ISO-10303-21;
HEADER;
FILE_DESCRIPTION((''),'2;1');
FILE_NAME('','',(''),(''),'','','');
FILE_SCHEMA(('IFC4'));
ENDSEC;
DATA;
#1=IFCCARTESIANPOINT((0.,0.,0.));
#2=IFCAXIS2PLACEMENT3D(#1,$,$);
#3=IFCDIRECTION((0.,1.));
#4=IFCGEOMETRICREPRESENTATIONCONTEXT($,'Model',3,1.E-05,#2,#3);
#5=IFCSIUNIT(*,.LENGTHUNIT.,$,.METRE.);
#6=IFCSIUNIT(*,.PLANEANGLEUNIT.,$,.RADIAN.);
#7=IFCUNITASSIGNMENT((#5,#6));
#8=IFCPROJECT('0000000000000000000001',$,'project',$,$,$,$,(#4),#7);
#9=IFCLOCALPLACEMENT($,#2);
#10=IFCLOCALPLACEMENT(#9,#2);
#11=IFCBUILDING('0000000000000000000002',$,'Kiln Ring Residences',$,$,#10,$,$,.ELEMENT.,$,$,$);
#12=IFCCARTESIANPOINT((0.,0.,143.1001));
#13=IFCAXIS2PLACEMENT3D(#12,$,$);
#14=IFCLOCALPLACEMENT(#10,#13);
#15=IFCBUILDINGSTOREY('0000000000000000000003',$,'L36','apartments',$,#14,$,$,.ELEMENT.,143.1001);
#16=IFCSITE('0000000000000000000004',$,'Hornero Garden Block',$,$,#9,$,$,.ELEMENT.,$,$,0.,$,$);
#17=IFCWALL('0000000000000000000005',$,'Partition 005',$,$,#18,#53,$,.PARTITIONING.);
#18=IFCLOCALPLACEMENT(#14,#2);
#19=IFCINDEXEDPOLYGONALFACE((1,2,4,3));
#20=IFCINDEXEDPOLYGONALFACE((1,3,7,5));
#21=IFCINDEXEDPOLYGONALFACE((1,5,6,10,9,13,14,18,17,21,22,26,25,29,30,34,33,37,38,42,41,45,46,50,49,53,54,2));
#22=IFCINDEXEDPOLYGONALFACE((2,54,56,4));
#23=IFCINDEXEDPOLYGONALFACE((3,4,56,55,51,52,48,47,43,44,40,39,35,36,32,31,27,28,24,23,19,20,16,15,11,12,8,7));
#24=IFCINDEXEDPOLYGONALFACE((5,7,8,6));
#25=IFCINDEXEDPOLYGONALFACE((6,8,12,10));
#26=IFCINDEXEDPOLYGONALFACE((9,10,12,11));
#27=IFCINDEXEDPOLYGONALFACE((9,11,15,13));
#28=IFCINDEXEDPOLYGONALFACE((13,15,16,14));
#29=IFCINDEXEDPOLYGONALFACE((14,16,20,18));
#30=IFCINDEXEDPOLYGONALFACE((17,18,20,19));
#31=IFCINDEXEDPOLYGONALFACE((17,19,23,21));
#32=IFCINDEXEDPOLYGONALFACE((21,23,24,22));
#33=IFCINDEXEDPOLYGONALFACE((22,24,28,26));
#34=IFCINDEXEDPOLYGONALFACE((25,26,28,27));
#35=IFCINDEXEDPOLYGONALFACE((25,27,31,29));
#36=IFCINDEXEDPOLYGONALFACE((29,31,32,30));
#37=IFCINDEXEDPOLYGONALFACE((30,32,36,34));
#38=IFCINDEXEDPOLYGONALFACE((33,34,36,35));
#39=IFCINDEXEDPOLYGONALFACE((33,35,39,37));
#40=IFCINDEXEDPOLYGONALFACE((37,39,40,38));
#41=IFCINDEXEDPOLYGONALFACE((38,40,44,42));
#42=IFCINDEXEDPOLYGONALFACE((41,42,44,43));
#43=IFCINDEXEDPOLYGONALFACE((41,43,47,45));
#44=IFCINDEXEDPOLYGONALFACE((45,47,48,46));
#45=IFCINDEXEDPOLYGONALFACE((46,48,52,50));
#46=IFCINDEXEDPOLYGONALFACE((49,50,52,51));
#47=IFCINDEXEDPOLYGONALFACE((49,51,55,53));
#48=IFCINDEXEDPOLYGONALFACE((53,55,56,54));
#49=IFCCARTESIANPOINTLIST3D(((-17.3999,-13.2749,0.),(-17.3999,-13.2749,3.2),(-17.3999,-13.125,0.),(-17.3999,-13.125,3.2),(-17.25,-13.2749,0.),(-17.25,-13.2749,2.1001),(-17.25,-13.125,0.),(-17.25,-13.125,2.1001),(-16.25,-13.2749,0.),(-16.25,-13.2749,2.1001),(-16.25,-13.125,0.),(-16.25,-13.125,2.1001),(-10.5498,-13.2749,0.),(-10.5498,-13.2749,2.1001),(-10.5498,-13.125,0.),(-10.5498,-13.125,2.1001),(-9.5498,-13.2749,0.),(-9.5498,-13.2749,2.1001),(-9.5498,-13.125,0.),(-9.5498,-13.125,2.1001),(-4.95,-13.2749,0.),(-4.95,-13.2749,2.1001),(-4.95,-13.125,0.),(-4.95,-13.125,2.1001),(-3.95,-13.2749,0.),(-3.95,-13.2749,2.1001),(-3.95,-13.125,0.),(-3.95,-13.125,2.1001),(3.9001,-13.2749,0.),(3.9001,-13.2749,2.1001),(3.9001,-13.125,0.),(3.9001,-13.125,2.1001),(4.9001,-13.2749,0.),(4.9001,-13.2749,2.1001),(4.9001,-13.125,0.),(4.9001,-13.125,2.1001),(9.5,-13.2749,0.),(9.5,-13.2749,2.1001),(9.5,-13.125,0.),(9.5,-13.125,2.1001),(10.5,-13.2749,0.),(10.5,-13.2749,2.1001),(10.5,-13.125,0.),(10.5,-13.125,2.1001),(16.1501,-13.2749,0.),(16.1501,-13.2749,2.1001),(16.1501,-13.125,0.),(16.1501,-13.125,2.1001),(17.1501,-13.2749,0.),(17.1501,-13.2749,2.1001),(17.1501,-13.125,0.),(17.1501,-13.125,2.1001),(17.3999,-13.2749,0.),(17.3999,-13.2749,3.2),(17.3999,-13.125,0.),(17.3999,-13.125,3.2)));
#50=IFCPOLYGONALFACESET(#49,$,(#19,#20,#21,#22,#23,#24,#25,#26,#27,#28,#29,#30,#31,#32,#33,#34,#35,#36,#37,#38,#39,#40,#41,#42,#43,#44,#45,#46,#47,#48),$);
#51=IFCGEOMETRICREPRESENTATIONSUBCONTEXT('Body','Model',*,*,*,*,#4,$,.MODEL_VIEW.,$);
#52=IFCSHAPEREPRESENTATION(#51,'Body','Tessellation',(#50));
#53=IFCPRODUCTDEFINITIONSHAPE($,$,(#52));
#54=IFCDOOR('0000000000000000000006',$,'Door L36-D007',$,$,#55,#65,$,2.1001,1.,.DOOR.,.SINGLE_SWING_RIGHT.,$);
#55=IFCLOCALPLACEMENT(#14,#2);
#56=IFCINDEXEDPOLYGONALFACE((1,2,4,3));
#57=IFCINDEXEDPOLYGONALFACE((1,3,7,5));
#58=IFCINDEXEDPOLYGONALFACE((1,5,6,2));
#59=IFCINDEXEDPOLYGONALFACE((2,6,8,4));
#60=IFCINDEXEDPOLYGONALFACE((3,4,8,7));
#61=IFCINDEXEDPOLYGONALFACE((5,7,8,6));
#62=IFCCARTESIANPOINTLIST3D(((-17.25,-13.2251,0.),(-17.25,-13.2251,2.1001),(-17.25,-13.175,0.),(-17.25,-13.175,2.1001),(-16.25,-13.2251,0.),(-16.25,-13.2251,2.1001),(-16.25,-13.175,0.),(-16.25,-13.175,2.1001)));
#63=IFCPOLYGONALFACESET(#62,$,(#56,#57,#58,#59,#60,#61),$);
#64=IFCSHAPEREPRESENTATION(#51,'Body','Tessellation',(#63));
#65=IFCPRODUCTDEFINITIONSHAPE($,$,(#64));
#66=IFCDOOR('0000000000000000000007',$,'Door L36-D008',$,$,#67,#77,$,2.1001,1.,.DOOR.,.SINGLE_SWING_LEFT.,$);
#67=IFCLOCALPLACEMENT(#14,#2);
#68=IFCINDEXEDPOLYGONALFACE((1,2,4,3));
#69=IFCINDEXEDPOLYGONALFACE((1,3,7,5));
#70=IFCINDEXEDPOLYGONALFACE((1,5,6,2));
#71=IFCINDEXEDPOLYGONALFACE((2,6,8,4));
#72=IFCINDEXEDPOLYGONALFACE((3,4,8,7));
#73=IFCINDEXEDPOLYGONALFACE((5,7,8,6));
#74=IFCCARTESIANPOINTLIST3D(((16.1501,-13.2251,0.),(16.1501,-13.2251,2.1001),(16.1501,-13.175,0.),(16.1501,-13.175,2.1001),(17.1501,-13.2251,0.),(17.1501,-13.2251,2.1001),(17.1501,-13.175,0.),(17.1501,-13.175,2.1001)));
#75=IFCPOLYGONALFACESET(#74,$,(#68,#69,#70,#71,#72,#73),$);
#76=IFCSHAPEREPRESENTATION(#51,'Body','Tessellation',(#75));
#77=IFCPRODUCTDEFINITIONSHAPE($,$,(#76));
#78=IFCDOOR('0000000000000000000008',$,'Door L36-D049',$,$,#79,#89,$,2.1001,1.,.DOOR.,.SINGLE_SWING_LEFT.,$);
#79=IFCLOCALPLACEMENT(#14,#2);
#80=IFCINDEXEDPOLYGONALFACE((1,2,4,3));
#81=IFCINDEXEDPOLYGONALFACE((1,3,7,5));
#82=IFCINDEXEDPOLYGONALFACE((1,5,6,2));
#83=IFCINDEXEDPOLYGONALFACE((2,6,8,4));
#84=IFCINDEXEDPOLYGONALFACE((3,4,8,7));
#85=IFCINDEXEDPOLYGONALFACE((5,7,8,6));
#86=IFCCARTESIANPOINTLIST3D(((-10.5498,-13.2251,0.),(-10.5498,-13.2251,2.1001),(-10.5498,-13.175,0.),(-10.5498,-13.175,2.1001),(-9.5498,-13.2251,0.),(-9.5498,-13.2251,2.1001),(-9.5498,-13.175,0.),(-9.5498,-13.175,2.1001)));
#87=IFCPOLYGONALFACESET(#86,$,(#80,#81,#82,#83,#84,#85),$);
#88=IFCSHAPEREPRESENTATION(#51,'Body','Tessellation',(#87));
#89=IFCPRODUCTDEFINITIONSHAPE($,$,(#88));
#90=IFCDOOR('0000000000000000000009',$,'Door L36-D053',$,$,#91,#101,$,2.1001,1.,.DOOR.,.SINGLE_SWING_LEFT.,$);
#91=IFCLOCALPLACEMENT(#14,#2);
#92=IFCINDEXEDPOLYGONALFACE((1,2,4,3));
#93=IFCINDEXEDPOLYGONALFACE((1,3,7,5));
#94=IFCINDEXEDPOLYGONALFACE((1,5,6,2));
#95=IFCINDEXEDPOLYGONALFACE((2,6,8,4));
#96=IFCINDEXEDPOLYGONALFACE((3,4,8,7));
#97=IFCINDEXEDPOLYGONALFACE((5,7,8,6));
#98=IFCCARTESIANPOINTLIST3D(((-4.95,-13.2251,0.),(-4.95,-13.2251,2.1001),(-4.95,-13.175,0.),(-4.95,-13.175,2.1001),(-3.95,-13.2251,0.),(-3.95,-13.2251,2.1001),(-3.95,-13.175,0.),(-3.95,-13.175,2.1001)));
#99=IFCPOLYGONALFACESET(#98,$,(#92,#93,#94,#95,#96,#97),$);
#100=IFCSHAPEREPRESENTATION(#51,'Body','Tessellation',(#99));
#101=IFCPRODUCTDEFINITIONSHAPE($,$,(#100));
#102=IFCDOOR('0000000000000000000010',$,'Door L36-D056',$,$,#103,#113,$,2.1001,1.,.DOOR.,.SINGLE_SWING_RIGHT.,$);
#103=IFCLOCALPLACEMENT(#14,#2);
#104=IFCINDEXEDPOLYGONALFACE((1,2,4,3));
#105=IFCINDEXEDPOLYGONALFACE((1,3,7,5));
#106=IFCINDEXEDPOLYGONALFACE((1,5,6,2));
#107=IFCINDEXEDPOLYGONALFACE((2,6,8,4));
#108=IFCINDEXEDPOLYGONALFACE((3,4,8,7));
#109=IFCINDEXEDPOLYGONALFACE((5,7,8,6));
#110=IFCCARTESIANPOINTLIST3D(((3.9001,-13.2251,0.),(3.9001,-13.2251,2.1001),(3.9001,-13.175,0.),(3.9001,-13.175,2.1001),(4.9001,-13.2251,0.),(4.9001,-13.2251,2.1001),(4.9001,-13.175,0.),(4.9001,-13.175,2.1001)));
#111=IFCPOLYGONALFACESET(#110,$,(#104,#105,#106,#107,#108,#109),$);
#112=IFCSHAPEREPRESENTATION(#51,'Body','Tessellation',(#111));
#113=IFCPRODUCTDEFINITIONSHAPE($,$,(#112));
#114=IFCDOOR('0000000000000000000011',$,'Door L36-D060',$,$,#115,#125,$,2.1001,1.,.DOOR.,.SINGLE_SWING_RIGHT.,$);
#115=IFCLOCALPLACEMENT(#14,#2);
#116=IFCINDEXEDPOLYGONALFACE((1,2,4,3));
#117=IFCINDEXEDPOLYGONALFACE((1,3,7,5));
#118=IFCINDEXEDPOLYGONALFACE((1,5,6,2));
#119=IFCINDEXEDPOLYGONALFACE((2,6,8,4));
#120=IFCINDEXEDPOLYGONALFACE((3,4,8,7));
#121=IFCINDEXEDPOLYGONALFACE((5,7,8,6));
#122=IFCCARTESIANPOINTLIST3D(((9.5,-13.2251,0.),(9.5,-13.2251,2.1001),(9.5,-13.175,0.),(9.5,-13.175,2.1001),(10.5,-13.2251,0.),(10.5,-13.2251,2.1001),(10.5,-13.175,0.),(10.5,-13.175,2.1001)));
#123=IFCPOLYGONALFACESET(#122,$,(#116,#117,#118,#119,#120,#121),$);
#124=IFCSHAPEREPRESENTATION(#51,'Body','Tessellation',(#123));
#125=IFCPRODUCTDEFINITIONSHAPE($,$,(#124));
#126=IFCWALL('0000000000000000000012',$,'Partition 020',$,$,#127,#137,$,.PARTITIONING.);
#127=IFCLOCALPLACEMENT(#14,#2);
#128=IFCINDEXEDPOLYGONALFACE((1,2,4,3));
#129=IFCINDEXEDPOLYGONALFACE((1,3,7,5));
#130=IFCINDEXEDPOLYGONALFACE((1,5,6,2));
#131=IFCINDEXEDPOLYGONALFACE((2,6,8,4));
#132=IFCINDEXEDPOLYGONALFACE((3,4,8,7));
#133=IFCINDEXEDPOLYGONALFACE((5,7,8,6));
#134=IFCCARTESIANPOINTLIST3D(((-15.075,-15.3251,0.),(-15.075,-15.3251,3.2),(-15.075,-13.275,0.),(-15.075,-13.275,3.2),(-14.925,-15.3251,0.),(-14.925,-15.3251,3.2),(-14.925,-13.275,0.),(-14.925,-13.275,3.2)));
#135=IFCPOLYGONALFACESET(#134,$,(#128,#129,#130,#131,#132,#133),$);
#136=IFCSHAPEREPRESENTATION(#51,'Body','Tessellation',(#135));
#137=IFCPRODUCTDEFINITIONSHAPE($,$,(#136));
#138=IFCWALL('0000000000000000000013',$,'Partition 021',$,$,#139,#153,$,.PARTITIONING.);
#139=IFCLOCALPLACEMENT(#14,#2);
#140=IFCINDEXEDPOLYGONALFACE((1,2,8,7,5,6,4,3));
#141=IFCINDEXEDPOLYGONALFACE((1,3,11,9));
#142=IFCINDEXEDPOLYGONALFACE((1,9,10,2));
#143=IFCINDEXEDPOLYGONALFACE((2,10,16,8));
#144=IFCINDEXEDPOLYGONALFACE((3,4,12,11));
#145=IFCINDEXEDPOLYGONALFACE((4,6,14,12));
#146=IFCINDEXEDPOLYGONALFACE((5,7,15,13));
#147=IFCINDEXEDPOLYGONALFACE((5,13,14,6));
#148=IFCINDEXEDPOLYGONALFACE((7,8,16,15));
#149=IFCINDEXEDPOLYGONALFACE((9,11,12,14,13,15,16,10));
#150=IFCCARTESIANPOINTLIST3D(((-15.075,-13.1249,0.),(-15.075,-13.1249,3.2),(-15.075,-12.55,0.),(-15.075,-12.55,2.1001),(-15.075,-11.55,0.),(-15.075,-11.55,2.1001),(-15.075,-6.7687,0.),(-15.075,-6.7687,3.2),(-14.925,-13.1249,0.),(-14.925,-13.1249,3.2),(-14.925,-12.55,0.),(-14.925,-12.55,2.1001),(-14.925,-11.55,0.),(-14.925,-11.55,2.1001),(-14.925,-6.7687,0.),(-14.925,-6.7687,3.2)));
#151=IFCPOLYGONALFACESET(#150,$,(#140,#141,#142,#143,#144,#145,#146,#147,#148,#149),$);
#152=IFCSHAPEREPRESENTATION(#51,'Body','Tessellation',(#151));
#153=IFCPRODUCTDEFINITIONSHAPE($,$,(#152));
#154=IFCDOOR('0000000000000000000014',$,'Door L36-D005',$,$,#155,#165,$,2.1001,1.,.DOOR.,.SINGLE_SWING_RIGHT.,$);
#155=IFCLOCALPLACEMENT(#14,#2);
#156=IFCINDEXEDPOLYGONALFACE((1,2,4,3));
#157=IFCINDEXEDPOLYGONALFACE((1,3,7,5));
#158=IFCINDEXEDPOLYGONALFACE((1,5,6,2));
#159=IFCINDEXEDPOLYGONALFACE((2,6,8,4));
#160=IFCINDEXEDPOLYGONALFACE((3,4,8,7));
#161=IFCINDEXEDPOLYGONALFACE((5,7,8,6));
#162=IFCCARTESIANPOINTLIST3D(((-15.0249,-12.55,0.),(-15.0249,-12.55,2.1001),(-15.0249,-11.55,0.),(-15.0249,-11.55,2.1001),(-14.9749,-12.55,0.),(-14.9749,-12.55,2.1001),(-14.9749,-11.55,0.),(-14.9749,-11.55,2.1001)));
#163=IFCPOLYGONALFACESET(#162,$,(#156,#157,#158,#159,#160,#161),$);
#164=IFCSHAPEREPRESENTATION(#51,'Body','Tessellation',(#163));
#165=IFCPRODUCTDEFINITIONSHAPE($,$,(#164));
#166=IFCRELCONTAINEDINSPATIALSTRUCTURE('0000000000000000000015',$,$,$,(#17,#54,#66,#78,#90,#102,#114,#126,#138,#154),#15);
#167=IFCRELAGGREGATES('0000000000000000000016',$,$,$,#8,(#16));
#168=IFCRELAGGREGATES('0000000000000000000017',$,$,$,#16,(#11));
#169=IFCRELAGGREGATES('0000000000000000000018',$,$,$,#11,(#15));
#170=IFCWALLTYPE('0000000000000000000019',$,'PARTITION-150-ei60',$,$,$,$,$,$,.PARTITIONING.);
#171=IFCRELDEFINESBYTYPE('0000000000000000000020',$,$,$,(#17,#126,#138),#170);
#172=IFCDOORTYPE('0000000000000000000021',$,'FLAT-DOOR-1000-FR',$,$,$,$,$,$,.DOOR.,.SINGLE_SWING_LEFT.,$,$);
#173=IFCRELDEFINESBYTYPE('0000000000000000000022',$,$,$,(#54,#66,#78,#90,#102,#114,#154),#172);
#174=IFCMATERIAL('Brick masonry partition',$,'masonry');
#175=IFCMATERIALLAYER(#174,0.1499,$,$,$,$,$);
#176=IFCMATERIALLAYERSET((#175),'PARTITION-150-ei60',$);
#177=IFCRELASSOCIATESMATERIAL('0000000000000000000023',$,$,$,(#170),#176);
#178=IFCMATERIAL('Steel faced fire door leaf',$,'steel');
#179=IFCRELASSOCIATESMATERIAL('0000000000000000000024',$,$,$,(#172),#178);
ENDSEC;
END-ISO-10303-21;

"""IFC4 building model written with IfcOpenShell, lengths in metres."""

from ifc_helpers import new_model, si_unit, direction, frame, frame_2d, origin, place, context, subcontext, project, spatial, rectangle, extrude, material, layer, layer_set, type_object, element, fill, save


model = new_model("IFC4")

# Units and contexts
model_context = context("Model", 3, precision=1e-05, world=origin(), true_north=direction((0.0, 1.0)))
body_context = subcontext(model_context, "Body", "Model", "MODEL_VIEW")
ifc_project = project(units=[si_unit("LENGTHUNIT", "METRE"), si_unit("PLANEANGLEUNIT", "RADIAN")], contexts=[model_context])

# Site, building, storey
site_placement = place(None, origin())
site = spatial("IfcSite", under=ifc_project, at=site_placement, Name="Hornero Garden Block", CompositionType="ELEMENT", RefElevation=0.0)
building_placement = place(site_placement, origin())
building = spatial("IfcBuilding", under=site, at=building_placement, Name="Kiln Ring Residences", CompositionType="ELEMENT")
storey_placement = place(building_placement, frame((0.0, 0.0, 143.1001)))
storey = spatial("IfcBuildingStorey", under=building, at=storey_placement, Name="L36", Description="apartments", CompositionType="ELEMENT", Elevation=143.1001)

# Wall, openings, doors
ifc_material_1 = material(Name="Brick masonry partition", Category="masonry")
ifc_layer_1 = layer(ifc_material_1, 0.1499)
ifc_layer_set_1 = layer_set([ifc_layer_1], Name="PARTITION-150-ei60")
wall_type_1 = type_object("IfcWallType", Name="PARTITION-150-ei60", PredefinedType="PARTITIONING", material=ifc_layer_set_1)
wall_1_placement = place(storey_placement, frame((-17.3999, -13.2, 0.0), z_axis=(0.0, 0.0, 1.0), x_axis=(1.0, 0.0, 0.0)))
wall_1 = element("IfcWall", 1, at=wall_1_placement, inside=storey, type_object=wall_type_1, Name="Partition 005", PredefinedType="PARTITIONING", context=body_context, shape_type="SweptSolid", body=[
    extrude(rectangle(XDim=34.7998, YDim=0.1499, at=frame_2d((17.3999, 0.0))), origin(), (0.0, 0.0, 1.0), 3.2),
])
opening_1_placement = place(wall_1_placement, frame((0.1499, 0.0, 0.0)))
opening_1 = element("IfcOpeningElement", 2, at=opening_1_placement, cuts=wall_1, PredefinedType="OPENING", context=body_context, shape_type="SweptSolid", body=[
    extrude(rectangle(XDim=1.0, YDim=2.1001, at=frame_2d((0.5, 1.05))), frame((0.0, 0.085, 0.0), z_axis=(0.0, -1.0, 0.0), x_axis=(1.0, 0.0, 0.0)), (0.0, 0.0, 1.0), 0.1699),
])
opening_2_placement = place(wall_1_placement, frame((33.55, 0.0, 0.0)))
opening_2 = element("IfcOpeningElement", 3, at=opening_2_placement, cuts=wall_1, PredefinedType="OPENING", context=body_context, shape_type="SweptSolid", body=[
    extrude(rectangle(XDim=1.0, YDim=2.1001, at=frame_2d((0.5, 1.05))), frame((0.0, 0.085, 0.0), z_axis=(0.0, -1.0, 0.0), x_axis=(1.0, 0.0, 0.0)), (0.0, 0.0, 1.0), 0.1699),
])
opening_3_placement = place(wall_1_placement, frame((6.8501, 0.0, 0.0)))
opening_3 = element("IfcOpeningElement", 4, at=opening_3_placement, cuts=wall_1, PredefinedType="OPENING", context=body_context, shape_type="SweptSolid", body=[
    extrude(rectangle(XDim=1.0, YDim=2.1001, at=frame_2d((0.5, 1.05))), frame((0.0, 0.085, 0.0), z_axis=(0.0, -1.0, 0.0), x_axis=(1.0, 0.0, 0.0)), (0.0, 0.0, 1.0), 0.1699),
])
opening_4_placement = place(wall_1_placement, frame((12.45, 0.0, 0.0)))
opening_4 = element("IfcOpeningElement", 5, at=opening_4_placement, cuts=wall_1, PredefinedType="OPENING", context=body_context, shape_type="SweptSolid", body=[
    extrude(rectangle(XDim=1.0, YDim=2.1001, at=frame_2d((0.5, 1.05))), frame((0.0, 0.085, 0.0), z_axis=(0.0, -1.0, 0.0), x_axis=(1.0, 0.0, 0.0)), (0.0, 0.0, 1.0), 0.1699),
])
opening_5_placement = place(wall_1_placement, frame((21.3, 0.0, 0.0)))
opening_5 = element("IfcOpeningElement", 6, at=opening_5_placement, cuts=wall_1, PredefinedType="OPENING", context=body_context, shape_type="SweptSolid", body=[
    extrude(rectangle(XDim=1.0, YDim=2.1001, at=frame_2d((0.5, 1.05))), frame((0.0, 0.085, 0.0), z_axis=(0.0, -1.0, 0.0), x_axis=(1.0, 0.0, 0.0)), (0.0, 0.0, 1.0), 0.1699),
])
opening_6_placement = place(wall_1_placement, frame((26.8999, 0.0, 0.0)))
opening_6 = element("IfcOpeningElement", 7, at=opening_6_placement, cuts=wall_1, PredefinedType="OPENING", context=body_context, shape_type="SweptSolid", body=[
    extrude(rectangle(XDim=1.0, YDim=2.1001, at=frame_2d((0.5, 1.05))), frame((0.0, 0.085, 0.0), z_axis=(0.0, -1.0, 0.0), x_axis=(1.0, 0.0, 0.0)), (0.0, 0.0, 1.0), 0.1699),
])
ifc_material_2 = material(Name="Steel faced fire door leaf", Category="steel")
door_type_1 = type_object("IfcDoorType", Name="FLAT-DOOR-1000-FR", OperationType="SINGLE_SWING_LEFT", PredefinedType="DOOR", material=ifc_material_2)
door_1_placement = place(opening_1_placement, origin())
door_1 = element("IfcDoor", 8, at=door_1_placement, inside=storey, type_object=door_type_1, Name="Door L36-D007", OperationType="SINGLE_SWING_RIGHT", OverallHeight=2.1001, OverallWidth=1.0, PredefinedType="DOOR", context=body_context, shape_type="SweptSolid", body=[
    extrude(rectangle(XDim=1.0, YDim=2.1001, at=frame_2d((0.5, 1.05))), frame((0.0, 0.0249, 0.0), z_axis=(0.0, -1.0, 0.0), x_axis=(1.0, 0.0, 0.0)), (0.0, 0.0, 1.0), 0.05),
])
fill(opening_1, door_1)
door_2_placement = place(opening_2_placement, origin())
door_2 = element("IfcDoor", 9, at=door_2_placement, inside=storey, type_object=door_type_1, Name="Door L36-D008", OperationType="SINGLE_SWING_LEFT", OverallHeight=2.1001, OverallWidth=1.0, PredefinedType="DOOR", context=body_context, shape_type="SweptSolid", body=[
    extrude(rectangle(XDim=1.0, YDim=2.1001, at=frame_2d((0.5, 1.05))), frame((0.0, 0.0249, 0.0), z_axis=(0.0, -1.0, 0.0), x_axis=(1.0, 0.0, 0.0)), (0.0, 0.0, 1.0), 0.05),
])
fill(opening_2, door_2)
door_3_placement = place(opening_3_placement, origin())
door_3 = element("IfcDoor", 10, at=door_3_placement, inside=storey, type_object=door_type_1, Name="Door L36-D049", OperationType="SINGLE_SWING_LEFT", OverallHeight=2.1001, OverallWidth=1.0, PredefinedType="DOOR", context=body_context, shape_type="SweptSolid", body=[
    extrude(rectangle(XDim=1.0, YDim=2.1001, at=frame_2d((0.5, 1.05))), frame((0.0, 0.0249, 0.0), z_axis=(0.0, -1.0, 0.0), x_axis=(1.0, 0.0, 0.0)), (0.0, 0.0, 1.0), 0.05),
])
fill(opening_3, door_3)
door_4_placement = place(opening_4_placement, origin())
door_4 = element("IfcDoor", 11, at=door_4_placement, inside=storey, type_object=door_type_1, Name="Door L36-D053", OperationType="SINGLE_SWING_LEFT", OverallHeight=2.1001, OverallWidth=1.0, PredefinedType="DOOR", context=body_context, shape_type="SweptSolid", body=[
    extrude(rectangle(XDim=1.0, YDim=2.1001, at=frame_2d((0.5, 1.05))), frame((0.0, 0.0249, 0.0), z_axis=(0.0, -1.0, 0.0), x_axis=(1.0, 0.0, 0.0)), (0.0, 0.0, 1.0), 0.05),
])
fill(opening_4, door_4)
door_5_placement = place(opening_5_placement, origin())
door_5 = element("IfcDoor", 12, at=door_5_placement, inside=storey, type_object=door_type_1, Name="Door L36-D056", OperationType="SINGLE_SWING_RIGHT", OverallHeight=2.1001, OverallWidth=1.0, PredefinedType="DOOR", context=body_context, shape_type="SweptSolid", body=[
    extrude(rectangle(XDim=1.0, YDim=2.1001, at=frame_2d((0.5, 1.05))), frame((0.0, 0.0249, 0.0), z_axis=(0.0, -1.0, 0.0), x_axis=(1.0, 0.0, 0.0)), (0.0, 0.0, 1.0), 0.05),
])
fill(opening_5, door_5)
door_6_placement = place(opening_6_placement, origin())
door_6 = element("IfcDoor", 13, at=door_6_placement, inside=storey, type_object=door_type_1, Name="Door L36-D060", OperationType="SINGLE_SWING_RIGHT", OverallHeight=2.1001, OverallWidth=1.0, PredefinedType="DOOR", context=body_context, shape_type="SweptSolid", body=[
    extrude(rectangle(XDim=1.0, YDim=2.1001, at=frame_2d((0.5, 1.05))), frame((0.0, 0.0249, 0.0), z_axis=(0.0, -1.0, 0.0), x_axis=(1.0, 0.0, 0.0)), (0.0, 0.0, 1.0), 0.05),
])
fill(opening_6, door_6)

# Wall
wall_2_placement = place(storey_placement, frame((-15.0, -15.325, 0.0), z_axis=(0.0, 0.0, 1.0), x_axis=(0.0, 1.0, 0.0)))
element("IfcWall", 14, at=wall_2_placement, inside=storey, type_object=wall_type_1, Name="Partition 020", PredefinedType="PARTITIONING", context=body_context, shape_type="SweptSolid", body=[
    extrude(rectangle(XDim=2.05, YDim=0.1499, at=frame_2d((1.0249, 0.0))), origin(), (0.0, 0.0, 1.0), 3.2),
])

# Wall, opening, door
wall_3_placement = place(storey_placement, frame((-15.0, -13.125, 0.0), z_axis=(0.0, 0.0, 1.0), x_axis=(0.0, 1.0, 0.0)))
wall_3 = element("IfcWall", 15, at=wall_3_placement, inside=storey, type_object=wall_type_1, Name="Partition 021", PredefinedType="PARTITIONING", context=body_context, shape_type="SweptSolid", body=[
    extrude(rectangle(XDim=6.3562, YDim=0.1499, at=frame_2d((3.1782, 0.0))), origin(), (0.0, 0.0, 1.0), 3.2),
])
opening_7_placement = place(wall_3_placement, frame((0.575, 0.0, 0.0)))
opening_7 = element("IfcOpeningElement", 16, at=opening_7_placement, cuts=wall_3, PredefinedType="OPENING", context=body_context, shape_type="SweptSolid", body=[
    extrude(rectangle(XDim=1.0, YDim=2.1001, at=frame_2d((0.5, 1.05))), frame((0.0, 0.085, 0.0), z_axis=(0.0, -1.0, 0.0), x_axis=(1.0, 0.0, 0.0)), (0.0, 0.0, 1.0), 0.1699),
])
door_7_placement = place(opening_7_placement, origin())
door_7 = element("IfcDoor", 17, at=door_7_placement, inside=storey, type_object=door_type_1, Name="Door L36-D005", OperationType="SINGLE_SWING_RIGHT", OverallHeight=2.1001, OverallWidth=1.0, PredefinedType="DOOR", context=body_context, shape_type="SweptSolid", body=[
    extrude(rectangle(XDim=1.0, YDim=2.1001, at=frame_2d((0.5, 1.05))), frame((0.0, 0.0249, 0.0), z_axis=(0.0, -1.0, 0.0), x_axis=(1.0, 0.0, 0.0)), (0.0, 0.0, 1.0), 0.05),
])
fill(opening_7, door_7)

save(model, "model.ifc")
